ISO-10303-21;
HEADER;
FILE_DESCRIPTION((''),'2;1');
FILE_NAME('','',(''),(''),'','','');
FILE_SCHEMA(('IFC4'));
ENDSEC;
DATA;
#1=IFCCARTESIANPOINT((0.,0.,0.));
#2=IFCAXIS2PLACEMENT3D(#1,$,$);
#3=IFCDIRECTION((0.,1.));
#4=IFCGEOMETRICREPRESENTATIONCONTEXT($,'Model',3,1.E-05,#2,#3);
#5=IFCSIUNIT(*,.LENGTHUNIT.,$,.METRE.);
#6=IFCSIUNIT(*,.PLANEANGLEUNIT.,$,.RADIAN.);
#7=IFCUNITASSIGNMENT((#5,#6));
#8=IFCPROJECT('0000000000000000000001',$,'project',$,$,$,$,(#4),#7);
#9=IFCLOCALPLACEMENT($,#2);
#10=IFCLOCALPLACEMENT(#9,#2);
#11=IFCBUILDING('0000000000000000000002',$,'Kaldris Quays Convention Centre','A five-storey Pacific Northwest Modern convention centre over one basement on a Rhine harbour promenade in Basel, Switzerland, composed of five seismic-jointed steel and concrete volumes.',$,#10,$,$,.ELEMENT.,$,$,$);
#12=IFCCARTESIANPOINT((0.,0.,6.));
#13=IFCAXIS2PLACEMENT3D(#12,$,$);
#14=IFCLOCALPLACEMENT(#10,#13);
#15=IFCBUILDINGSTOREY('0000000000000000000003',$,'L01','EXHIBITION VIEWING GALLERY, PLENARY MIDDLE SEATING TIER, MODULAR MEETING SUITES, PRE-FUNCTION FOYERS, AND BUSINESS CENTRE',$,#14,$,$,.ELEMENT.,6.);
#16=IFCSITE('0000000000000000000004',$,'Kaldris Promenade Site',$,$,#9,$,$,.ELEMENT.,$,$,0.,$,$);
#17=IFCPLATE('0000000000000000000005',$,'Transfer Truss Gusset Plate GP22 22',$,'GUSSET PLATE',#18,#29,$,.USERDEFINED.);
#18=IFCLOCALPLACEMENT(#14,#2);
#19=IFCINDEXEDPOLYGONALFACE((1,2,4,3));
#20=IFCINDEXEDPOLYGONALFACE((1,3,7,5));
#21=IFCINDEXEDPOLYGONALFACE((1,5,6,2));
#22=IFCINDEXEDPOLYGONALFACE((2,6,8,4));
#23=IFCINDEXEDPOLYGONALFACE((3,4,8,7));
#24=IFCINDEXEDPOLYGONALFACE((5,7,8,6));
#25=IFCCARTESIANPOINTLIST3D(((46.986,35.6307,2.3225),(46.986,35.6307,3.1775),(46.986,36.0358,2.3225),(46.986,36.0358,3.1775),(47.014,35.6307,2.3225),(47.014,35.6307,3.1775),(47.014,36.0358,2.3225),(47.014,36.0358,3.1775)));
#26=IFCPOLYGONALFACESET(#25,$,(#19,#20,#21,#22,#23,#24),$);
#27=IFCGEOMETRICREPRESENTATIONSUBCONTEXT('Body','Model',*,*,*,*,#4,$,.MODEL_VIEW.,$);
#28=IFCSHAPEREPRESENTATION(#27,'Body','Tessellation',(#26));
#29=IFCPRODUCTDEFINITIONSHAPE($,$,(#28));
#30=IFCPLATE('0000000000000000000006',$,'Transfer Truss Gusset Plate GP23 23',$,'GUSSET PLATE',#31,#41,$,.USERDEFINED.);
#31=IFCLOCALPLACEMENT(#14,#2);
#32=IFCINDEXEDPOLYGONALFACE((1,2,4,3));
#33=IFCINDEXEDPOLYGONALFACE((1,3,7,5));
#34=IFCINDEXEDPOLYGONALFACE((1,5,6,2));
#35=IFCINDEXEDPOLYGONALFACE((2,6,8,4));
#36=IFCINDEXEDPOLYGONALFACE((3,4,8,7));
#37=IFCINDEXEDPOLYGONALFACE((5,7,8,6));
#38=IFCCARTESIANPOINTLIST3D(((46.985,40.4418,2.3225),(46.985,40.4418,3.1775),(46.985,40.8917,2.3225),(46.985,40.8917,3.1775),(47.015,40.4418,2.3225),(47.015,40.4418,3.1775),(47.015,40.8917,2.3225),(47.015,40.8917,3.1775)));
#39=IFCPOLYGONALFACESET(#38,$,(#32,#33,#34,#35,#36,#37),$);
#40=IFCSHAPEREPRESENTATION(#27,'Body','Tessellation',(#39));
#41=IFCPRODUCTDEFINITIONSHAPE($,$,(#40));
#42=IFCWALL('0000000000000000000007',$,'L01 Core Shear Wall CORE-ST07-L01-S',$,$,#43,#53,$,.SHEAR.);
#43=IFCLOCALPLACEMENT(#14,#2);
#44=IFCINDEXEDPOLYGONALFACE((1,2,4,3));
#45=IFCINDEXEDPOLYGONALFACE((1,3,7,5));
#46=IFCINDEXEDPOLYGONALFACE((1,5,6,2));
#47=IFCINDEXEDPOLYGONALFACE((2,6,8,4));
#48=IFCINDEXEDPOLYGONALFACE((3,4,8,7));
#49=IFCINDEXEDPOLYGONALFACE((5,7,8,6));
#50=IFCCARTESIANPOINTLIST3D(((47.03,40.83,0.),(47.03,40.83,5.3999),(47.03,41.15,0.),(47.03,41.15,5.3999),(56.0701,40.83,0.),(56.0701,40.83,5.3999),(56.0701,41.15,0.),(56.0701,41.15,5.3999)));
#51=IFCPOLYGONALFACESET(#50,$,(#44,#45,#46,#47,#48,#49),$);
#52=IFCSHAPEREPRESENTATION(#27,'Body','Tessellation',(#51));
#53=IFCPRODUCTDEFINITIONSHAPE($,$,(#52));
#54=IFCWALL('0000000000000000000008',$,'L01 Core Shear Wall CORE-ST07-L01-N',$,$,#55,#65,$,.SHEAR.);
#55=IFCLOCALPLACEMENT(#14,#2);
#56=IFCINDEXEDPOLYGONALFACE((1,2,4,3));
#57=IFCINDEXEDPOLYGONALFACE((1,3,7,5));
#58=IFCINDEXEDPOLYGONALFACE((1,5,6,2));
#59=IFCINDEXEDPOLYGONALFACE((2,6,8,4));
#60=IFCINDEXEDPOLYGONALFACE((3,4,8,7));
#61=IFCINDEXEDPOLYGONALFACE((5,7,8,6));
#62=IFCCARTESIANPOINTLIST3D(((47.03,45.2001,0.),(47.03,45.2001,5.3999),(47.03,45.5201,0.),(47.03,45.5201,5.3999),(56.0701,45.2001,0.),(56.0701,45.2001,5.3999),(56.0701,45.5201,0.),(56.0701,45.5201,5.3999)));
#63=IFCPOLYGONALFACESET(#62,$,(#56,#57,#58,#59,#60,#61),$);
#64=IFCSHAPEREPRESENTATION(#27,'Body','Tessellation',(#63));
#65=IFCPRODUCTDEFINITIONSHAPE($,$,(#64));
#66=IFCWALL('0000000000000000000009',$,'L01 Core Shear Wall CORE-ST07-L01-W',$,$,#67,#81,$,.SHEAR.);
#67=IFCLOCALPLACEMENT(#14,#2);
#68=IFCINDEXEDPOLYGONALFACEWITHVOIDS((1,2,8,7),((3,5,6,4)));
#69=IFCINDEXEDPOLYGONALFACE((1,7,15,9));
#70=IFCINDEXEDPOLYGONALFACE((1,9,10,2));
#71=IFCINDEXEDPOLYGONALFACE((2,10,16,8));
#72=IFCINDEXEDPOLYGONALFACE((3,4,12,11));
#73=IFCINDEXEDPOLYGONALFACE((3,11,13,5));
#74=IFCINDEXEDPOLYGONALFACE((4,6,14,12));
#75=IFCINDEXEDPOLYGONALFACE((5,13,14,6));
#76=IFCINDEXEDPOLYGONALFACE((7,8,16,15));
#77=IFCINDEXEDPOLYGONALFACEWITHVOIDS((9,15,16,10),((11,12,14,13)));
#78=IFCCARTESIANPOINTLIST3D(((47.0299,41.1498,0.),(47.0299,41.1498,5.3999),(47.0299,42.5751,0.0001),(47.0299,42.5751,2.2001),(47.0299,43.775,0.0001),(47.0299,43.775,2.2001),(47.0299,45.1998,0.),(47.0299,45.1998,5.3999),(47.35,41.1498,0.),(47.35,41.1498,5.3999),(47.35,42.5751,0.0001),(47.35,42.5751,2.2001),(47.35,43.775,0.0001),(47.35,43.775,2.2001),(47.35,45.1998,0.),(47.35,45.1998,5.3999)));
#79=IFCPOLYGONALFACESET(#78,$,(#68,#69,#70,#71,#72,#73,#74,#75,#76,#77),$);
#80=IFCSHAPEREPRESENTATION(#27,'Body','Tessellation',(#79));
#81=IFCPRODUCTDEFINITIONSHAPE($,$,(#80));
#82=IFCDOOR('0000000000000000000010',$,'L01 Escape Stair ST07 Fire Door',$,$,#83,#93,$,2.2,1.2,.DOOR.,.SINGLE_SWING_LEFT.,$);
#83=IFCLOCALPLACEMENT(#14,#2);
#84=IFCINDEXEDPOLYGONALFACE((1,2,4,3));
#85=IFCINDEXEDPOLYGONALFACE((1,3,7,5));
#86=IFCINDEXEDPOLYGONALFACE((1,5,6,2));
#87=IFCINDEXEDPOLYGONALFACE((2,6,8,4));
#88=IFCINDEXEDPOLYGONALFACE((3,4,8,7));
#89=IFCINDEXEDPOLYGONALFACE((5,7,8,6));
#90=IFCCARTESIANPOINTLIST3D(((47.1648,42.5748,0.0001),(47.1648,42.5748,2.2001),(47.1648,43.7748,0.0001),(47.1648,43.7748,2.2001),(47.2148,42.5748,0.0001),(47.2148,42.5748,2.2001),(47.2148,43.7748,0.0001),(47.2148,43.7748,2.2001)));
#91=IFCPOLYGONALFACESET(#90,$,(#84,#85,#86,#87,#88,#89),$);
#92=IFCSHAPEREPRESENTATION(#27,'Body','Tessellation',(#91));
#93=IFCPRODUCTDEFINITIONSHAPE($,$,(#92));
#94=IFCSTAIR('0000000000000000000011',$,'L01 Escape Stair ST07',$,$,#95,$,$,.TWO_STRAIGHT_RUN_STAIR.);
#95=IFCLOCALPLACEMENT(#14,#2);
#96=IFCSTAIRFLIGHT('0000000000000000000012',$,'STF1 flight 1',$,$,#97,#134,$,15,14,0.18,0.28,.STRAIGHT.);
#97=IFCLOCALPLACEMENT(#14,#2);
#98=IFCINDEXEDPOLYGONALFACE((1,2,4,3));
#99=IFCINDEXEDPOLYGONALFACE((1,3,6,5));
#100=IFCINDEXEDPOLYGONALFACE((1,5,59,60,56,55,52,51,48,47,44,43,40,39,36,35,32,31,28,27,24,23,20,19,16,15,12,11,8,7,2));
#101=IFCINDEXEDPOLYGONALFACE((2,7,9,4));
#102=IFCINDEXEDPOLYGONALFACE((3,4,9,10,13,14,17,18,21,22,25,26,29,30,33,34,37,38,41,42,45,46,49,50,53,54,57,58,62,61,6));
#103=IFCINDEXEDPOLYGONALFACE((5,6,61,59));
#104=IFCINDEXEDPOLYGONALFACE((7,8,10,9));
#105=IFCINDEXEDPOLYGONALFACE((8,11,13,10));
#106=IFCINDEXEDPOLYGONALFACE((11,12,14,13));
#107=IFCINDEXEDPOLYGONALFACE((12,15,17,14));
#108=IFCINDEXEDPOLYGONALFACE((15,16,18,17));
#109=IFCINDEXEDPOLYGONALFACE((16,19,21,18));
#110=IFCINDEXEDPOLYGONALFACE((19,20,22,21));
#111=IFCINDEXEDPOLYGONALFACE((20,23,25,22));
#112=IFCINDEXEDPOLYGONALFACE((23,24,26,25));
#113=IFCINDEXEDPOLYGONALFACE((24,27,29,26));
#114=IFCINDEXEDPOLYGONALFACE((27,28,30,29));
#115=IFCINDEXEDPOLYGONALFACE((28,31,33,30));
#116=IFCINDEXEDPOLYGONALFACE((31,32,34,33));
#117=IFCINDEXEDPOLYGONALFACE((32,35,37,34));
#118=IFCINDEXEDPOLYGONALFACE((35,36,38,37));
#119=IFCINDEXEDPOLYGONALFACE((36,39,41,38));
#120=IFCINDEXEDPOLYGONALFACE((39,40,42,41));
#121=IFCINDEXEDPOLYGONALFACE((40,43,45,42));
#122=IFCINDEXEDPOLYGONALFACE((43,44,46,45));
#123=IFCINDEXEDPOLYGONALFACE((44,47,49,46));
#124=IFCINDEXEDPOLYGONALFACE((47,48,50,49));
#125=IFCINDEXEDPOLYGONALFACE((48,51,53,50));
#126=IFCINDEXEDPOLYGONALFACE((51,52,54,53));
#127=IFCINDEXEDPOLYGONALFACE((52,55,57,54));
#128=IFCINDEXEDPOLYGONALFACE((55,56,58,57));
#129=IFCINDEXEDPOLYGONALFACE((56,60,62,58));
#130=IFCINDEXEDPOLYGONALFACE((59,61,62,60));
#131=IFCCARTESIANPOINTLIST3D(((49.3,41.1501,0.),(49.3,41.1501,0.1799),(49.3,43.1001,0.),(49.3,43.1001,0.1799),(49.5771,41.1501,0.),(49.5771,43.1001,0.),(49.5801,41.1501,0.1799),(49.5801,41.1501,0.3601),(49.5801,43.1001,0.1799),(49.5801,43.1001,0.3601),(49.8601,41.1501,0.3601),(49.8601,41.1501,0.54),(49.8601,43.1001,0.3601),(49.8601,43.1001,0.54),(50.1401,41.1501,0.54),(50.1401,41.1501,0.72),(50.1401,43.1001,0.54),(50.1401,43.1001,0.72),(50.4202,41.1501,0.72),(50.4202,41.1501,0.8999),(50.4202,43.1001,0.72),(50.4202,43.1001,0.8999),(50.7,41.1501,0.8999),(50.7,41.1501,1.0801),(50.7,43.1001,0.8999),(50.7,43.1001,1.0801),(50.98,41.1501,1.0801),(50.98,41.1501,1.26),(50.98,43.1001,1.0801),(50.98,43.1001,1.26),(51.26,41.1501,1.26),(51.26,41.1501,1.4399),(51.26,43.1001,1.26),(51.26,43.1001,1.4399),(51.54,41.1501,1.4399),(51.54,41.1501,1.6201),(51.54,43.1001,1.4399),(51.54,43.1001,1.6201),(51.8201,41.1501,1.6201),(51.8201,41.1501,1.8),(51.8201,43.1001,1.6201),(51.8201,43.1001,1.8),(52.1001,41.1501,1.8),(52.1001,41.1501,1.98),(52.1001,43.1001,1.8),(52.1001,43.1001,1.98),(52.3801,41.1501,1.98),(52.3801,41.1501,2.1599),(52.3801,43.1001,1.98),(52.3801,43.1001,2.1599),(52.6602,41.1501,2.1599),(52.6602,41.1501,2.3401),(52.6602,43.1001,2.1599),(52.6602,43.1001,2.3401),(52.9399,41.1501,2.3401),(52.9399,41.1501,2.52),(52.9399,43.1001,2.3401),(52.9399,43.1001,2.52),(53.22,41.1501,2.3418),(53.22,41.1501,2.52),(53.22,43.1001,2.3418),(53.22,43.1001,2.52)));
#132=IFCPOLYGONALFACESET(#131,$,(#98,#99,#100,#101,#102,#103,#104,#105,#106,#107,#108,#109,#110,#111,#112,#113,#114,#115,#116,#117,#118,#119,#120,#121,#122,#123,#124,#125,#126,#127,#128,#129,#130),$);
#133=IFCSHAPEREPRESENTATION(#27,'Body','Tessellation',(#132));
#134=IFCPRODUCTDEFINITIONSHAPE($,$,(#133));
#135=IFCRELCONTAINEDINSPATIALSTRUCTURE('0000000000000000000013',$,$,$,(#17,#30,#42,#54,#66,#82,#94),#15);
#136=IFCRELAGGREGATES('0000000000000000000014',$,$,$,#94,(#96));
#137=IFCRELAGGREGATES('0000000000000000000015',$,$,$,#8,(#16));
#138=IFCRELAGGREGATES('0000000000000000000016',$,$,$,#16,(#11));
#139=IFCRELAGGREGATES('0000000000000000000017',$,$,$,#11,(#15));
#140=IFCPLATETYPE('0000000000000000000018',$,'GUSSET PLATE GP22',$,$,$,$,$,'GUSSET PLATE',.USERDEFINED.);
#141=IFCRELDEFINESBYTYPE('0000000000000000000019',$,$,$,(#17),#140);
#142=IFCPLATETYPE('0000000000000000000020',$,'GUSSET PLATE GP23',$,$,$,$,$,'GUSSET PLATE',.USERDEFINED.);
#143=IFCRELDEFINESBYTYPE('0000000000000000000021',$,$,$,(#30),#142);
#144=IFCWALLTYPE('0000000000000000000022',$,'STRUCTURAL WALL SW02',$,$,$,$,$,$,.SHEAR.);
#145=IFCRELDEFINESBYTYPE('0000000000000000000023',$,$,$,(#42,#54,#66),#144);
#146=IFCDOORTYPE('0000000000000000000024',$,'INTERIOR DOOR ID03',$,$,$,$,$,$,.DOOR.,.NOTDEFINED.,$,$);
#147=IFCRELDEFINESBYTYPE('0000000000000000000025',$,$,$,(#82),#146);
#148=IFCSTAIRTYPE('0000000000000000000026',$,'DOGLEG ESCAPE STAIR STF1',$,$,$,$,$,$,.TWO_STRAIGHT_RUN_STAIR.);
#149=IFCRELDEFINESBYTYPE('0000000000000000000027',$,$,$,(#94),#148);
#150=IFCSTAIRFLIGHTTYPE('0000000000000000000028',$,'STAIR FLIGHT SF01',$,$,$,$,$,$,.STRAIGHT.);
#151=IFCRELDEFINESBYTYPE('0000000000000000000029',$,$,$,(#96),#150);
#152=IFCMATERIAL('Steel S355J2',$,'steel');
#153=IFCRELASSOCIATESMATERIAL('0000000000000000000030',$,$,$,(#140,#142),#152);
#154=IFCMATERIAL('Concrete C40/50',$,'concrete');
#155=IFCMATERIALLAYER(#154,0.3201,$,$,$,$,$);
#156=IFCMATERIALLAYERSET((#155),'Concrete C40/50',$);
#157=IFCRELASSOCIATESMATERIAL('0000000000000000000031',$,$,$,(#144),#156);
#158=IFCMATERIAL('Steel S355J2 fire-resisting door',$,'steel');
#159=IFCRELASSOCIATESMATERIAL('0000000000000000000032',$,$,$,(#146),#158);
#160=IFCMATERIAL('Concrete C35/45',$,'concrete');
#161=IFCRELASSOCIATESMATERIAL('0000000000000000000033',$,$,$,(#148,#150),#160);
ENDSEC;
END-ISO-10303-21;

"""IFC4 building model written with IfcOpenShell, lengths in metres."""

from ifc_helpers import new_model, si_unit, direction, frame, frame_2d, origin, origin_2d, place, context, subcontext, project, spatial, polyline, rectangle, outline, extrude, material, layer, layer_set, type_object, element, fill, aggregate, save


model = new_model("IFC4")

# Units and contexts
model_context = context("Model", 3, precision=1e-05, world=origin(), true_north=direction((0.0, 1.0)))
body_context = subcontext(model_context, "Body", "Model", "MODEL_VIEW")
ifc_project = project(units=[si_unit("LENGTHUNIT", "METRE"), si_unit("PLANEANGLEUNIT", "RADIAN")], contexts=[model_context])

# Site, building, storey
site_placement = place(None, origin())
site = spatial("IfcSite", under=ifc_project, at=site_placement, Name="Kaldris Promenade Site", CompositionType="ELEMENT", RefElevation=0.0)
building_placement = place(site_placement, origin())
building = spatial("IfcBuilding", under=site, at=building_placement, Name="Kaldris Quays Convention Centre", Description="A five-storey Pacific Northwest Modern convention centre over one basement on a Rhine harbour promenade in Basel, Switzerland, composed of five seismic-jointed steel and concrete volumes.", CompositionType="ELEMENT")
storey_placement = place(building_placement, frame((0.0, 0.0, 6.0)))
storey = spatial("IfcBuildingStorey", under=building, at=storey_placement, Name="L01", Description="EXHIBITION VIEWING GALLERY, PLENARY MIDDLE SEATING TIER, MODULAR MEETING SUITES, PRE-FUNCTION FOYERS, AND BUSINESS CENTRE", CompositionType="ELEMENT", Elevation=6.0)

# Shared definitions
ifc_material_1 = material(Name="Steel S355J2", Category="steel")

# Plates
plate_type_1 = type_object("IfcPlateType", Name="GUSSET PLATE GP22", ElementType="GUSSET PLATE", PredefinedType="USERDEFINED", material=ifc_material_1)
plate_1_placement = place(storey_placement, frame((47.0, 35.8333, 2.3225), z_axis=(0.0, 0.0, 1.0), x_axis=(1.0, 0.0, 0.0)))
element("IfcPlate", 1, at=plate_1_placement, inside=storey, type_object=plate_type_1, Name="Transfer Truss Gusset Plate GP22 22", ObjectType="GUSSET PLATE", PredefinedType="USERDEFINED", context=body_context, shape_type="SweptSolid", body=[
    extrude(rectangle(XDim=0.0281, YDim=0.405, at=origin_2d()), origin(), (0.0, 0.0, 1.0), 0.855),
])
plate_type_2 = type_object("IfcPlateType", Name="GUSSET PLATE GP23", ElementType="GUSSET PLATE", PredefinedType="USERDEFINED", material=ifc_material_1)
plate_2_placement = place(storey_placement, frame((47.0, 40.6667, 2.3225), z_axis=(0.0, 0.0, 1.0), x_axis=(1.0, 0.0, 0.0)))
element("IfcPlate", 2, at=plate_2_placement, inside=storey, type_object=plate_type_2, Name="Transfer Truss Gusset Plate GP23 23", ObjectType="GUSSET PLATE", PredefinedType="USERDEFINED", context=body_context, shape_type="SweptSolid", body=[
    extrude(rectangle(XDim=0.03, YDim=0.45, at=origin_2d()), origin(), (0.0, 0.0, 1.0), 0.855),
])

# Walls
ifc_material_2 = material(Name="Concrete C40/50", Category="concrete")
ifc_layer = layer(ifc_material_2, 0.3201)
ifc_layer_set = layer_set([ifc_layer], Name="Concrete C40/50")
wall_type = type_object("IfcWallType", Name="STRUCTURAL WALL SW02", PredefinedType="SHEAR", material=ifc_layer_set)
for number, where, z_axis, x_axis, name in (
    (3, (47.03, 40.99, 0.0), (0.0, 0.0, 1.0), (1.0, 0.0, 0.0), "L01 Core Shear Wall CORE-ST07-L01-S"),
    (4, (47.03, 45.3601, 0.0), (0.0, 0.0, 1.0), (1.0, 0.0, 0.0), "L01 Core Shear Wall CORE-ST07-L01-N"),
):
    element("IfcWall", number, at=place(storey_placement, frame(where, z_axis=z_axis, x_axis=x_axis)), inside=storey, type_object=wall_type, Name=name, PredefinedType="SHEAR", context=body_context, shape_type="SweptSolid", body=[
        extrude(rectangle(XDim=9.04, YDim=0.3201, at=frame_2d((4.52, 0.0))), origin(), (0.0, 0.0, 1.0), 5.3999),
    ])

# Wall, opening, door
wall_placement = place(storey_placement, frame((47.1899, 41.1499, 0.0), z_axis=(0.0, 0.0, 1.0), x_axis=(0.0, 1.0, 0.0)))
wall = element("IfcWall", 5, at=wall_placement, inside=storey, type_object=wall_type, Name="L01 Core Shear Wall CORE-ST07-L01-W", PredefinedType="SHEAR", context=body_context, shape_type="SweptSolid", body=[
    extrude(rectangle(XDim=4.05, YDim=0.3201, at=frame_2d((2.0249, 0.0))), origin(), (0.0, 0.0, 1.0), 5.3999),
])
opening_placement = place(wall_placement, frame((1.425, 0.0, 0.0)))
opening = element("IfcOpeningElement", 6, at=opening_placement, cuts=wall, PredefinedType="OPENING", context=body_context, shape_type="SweptSolid", body=[
    extrude(rectangle(XDim=1.2, YDim=2.2, at=frame_2d((0.6001, 1.1001))), frame((0.0, 0.1699, 0.0), z_axis=(0.0, -1.0, 0.0), x_axis=(1.0, 0.0, 0.0)), (0.0, 0.0, 1.0), 0.3401),
])
ifc_material_3 = material(Name="Steel S355J2 fire-resisting door", Category="steel")
door_type = type_object("IfcDoorType", Name="INTERIOR DOOR ID03", OperationType="NOTDEFINED", PredefinedType="DOOR", material=ifc_material_3)
door_placement = place(opening_placement, frame((1.2, 0.0, 0.0), z_axis=(0.0, 0.0, 1.0), x_axis=(-1.0, 0.0, 0.0)))
door = element("IfcDoor", 7, at=door_placement, inside=storey, type_object=door_type, Name="L01 Escape Stair ST07 Fire Door", OperationType="SINGLE_SWING_LEFT", OverallHeight=2.2, OverallWidth=1.2, PredefinedType="DOOR", context=body_context, shape_type="SweptSolid", body=[
    extrude(rectangle(XDim=1.2, YDim=2.2, at=frame_2d((0.6001, 1.1001))), frame((0.0, 0.0249, 0.0), z_axis=(0.0, -1.0, 0.0), x_axis=(1.0, 0.0, 0.0)), (0.0, 0.0, 1.0), 0.05),
])
fill(opening, door)

# Stair, stair flight
ifc_material_4 = material(Name="Concrete C35/45", Category="concrete")
stair_type = type_object("IfcStairType", Name="DOGLEG ESCAPE STAIR STF1", PredefinedType="TWO_STRAIGHT_RUN_STAIR", material=ifc_material_4)
stair_placement = place(storey_placement, origin())
stair = element("IfcStair", 8, at=stair_placement, inside=storey, type_object=stair_type, Name="L01 Escape Stair ST07", PredefinedType="TWO_STRAIGHT_RUN_STAIR")
stair_flight_type = type_object("IfcStairFlightType", Name="STAIR FLIGHT SF01", PredefinedType="STRAIGHT", material=ifc_material_4)
stair_flight_placement = place(storey_placement, frame((49.3, 42.125, 0.0), z_axis=(0.0, 0.0, 1.0), x_axis=(1.0, 0.0, 0.0)))
stair_flight = element("IfcStairFlight", 9, at=stair_flight_placement, type_object=stair_flight_type, Name="STF1 flight 1", NumberOfRisers=15, NumberOfTreads=14, PredefinedType="STRAIGHT", RiserHeight=0.18, TreadLength=0.28, context=body_context, shape_type="SweptSolid", body=[
    extrude(outline(polyline([(0.0, 0.0), (0.0, 0.1799), (0.28, 0.1799), (0.28, 0.3601), (0.5601, 0.3601), (0.5601, 0.54), (0.8401, 0.54), (0.8401, 0.72), (1.1201, 0.72), (1.1201, 0.8999), (1.3999, 0.8999), (1.3999, 1.0801), (1.6799, 1.0801), (1.6799, 1.26), (1.96, 1.26), (1.96, 1.4399), (2.24, 1.4399), (2.24, 1.6201), (2.52, 1.6201), (2.52, 1.8), (2.8, 1.8), (2.8, 1.98), (3.0801, 1.98), (3.0801, 2.1599), (3.3601, 2.1599), (3.3601, 2.3401), (3.6399, 2.3401), (3.6399, 2.52), (3.9199, 2.52), (3.9199, 2.7), (3.9199, 2.3418), (0.2771, 0.0), (0.0, 0.0)])), frame((0.0, 0.9751, 0.0), z_axis=(0.0, -1.0, 0.0), x_axis=(1.0, 0.0, 0.0)), (0.0, 0.0, 1.0), 1.95),
])
aggregate(stair, [stair_flight])

save(model, "model.ifc")
